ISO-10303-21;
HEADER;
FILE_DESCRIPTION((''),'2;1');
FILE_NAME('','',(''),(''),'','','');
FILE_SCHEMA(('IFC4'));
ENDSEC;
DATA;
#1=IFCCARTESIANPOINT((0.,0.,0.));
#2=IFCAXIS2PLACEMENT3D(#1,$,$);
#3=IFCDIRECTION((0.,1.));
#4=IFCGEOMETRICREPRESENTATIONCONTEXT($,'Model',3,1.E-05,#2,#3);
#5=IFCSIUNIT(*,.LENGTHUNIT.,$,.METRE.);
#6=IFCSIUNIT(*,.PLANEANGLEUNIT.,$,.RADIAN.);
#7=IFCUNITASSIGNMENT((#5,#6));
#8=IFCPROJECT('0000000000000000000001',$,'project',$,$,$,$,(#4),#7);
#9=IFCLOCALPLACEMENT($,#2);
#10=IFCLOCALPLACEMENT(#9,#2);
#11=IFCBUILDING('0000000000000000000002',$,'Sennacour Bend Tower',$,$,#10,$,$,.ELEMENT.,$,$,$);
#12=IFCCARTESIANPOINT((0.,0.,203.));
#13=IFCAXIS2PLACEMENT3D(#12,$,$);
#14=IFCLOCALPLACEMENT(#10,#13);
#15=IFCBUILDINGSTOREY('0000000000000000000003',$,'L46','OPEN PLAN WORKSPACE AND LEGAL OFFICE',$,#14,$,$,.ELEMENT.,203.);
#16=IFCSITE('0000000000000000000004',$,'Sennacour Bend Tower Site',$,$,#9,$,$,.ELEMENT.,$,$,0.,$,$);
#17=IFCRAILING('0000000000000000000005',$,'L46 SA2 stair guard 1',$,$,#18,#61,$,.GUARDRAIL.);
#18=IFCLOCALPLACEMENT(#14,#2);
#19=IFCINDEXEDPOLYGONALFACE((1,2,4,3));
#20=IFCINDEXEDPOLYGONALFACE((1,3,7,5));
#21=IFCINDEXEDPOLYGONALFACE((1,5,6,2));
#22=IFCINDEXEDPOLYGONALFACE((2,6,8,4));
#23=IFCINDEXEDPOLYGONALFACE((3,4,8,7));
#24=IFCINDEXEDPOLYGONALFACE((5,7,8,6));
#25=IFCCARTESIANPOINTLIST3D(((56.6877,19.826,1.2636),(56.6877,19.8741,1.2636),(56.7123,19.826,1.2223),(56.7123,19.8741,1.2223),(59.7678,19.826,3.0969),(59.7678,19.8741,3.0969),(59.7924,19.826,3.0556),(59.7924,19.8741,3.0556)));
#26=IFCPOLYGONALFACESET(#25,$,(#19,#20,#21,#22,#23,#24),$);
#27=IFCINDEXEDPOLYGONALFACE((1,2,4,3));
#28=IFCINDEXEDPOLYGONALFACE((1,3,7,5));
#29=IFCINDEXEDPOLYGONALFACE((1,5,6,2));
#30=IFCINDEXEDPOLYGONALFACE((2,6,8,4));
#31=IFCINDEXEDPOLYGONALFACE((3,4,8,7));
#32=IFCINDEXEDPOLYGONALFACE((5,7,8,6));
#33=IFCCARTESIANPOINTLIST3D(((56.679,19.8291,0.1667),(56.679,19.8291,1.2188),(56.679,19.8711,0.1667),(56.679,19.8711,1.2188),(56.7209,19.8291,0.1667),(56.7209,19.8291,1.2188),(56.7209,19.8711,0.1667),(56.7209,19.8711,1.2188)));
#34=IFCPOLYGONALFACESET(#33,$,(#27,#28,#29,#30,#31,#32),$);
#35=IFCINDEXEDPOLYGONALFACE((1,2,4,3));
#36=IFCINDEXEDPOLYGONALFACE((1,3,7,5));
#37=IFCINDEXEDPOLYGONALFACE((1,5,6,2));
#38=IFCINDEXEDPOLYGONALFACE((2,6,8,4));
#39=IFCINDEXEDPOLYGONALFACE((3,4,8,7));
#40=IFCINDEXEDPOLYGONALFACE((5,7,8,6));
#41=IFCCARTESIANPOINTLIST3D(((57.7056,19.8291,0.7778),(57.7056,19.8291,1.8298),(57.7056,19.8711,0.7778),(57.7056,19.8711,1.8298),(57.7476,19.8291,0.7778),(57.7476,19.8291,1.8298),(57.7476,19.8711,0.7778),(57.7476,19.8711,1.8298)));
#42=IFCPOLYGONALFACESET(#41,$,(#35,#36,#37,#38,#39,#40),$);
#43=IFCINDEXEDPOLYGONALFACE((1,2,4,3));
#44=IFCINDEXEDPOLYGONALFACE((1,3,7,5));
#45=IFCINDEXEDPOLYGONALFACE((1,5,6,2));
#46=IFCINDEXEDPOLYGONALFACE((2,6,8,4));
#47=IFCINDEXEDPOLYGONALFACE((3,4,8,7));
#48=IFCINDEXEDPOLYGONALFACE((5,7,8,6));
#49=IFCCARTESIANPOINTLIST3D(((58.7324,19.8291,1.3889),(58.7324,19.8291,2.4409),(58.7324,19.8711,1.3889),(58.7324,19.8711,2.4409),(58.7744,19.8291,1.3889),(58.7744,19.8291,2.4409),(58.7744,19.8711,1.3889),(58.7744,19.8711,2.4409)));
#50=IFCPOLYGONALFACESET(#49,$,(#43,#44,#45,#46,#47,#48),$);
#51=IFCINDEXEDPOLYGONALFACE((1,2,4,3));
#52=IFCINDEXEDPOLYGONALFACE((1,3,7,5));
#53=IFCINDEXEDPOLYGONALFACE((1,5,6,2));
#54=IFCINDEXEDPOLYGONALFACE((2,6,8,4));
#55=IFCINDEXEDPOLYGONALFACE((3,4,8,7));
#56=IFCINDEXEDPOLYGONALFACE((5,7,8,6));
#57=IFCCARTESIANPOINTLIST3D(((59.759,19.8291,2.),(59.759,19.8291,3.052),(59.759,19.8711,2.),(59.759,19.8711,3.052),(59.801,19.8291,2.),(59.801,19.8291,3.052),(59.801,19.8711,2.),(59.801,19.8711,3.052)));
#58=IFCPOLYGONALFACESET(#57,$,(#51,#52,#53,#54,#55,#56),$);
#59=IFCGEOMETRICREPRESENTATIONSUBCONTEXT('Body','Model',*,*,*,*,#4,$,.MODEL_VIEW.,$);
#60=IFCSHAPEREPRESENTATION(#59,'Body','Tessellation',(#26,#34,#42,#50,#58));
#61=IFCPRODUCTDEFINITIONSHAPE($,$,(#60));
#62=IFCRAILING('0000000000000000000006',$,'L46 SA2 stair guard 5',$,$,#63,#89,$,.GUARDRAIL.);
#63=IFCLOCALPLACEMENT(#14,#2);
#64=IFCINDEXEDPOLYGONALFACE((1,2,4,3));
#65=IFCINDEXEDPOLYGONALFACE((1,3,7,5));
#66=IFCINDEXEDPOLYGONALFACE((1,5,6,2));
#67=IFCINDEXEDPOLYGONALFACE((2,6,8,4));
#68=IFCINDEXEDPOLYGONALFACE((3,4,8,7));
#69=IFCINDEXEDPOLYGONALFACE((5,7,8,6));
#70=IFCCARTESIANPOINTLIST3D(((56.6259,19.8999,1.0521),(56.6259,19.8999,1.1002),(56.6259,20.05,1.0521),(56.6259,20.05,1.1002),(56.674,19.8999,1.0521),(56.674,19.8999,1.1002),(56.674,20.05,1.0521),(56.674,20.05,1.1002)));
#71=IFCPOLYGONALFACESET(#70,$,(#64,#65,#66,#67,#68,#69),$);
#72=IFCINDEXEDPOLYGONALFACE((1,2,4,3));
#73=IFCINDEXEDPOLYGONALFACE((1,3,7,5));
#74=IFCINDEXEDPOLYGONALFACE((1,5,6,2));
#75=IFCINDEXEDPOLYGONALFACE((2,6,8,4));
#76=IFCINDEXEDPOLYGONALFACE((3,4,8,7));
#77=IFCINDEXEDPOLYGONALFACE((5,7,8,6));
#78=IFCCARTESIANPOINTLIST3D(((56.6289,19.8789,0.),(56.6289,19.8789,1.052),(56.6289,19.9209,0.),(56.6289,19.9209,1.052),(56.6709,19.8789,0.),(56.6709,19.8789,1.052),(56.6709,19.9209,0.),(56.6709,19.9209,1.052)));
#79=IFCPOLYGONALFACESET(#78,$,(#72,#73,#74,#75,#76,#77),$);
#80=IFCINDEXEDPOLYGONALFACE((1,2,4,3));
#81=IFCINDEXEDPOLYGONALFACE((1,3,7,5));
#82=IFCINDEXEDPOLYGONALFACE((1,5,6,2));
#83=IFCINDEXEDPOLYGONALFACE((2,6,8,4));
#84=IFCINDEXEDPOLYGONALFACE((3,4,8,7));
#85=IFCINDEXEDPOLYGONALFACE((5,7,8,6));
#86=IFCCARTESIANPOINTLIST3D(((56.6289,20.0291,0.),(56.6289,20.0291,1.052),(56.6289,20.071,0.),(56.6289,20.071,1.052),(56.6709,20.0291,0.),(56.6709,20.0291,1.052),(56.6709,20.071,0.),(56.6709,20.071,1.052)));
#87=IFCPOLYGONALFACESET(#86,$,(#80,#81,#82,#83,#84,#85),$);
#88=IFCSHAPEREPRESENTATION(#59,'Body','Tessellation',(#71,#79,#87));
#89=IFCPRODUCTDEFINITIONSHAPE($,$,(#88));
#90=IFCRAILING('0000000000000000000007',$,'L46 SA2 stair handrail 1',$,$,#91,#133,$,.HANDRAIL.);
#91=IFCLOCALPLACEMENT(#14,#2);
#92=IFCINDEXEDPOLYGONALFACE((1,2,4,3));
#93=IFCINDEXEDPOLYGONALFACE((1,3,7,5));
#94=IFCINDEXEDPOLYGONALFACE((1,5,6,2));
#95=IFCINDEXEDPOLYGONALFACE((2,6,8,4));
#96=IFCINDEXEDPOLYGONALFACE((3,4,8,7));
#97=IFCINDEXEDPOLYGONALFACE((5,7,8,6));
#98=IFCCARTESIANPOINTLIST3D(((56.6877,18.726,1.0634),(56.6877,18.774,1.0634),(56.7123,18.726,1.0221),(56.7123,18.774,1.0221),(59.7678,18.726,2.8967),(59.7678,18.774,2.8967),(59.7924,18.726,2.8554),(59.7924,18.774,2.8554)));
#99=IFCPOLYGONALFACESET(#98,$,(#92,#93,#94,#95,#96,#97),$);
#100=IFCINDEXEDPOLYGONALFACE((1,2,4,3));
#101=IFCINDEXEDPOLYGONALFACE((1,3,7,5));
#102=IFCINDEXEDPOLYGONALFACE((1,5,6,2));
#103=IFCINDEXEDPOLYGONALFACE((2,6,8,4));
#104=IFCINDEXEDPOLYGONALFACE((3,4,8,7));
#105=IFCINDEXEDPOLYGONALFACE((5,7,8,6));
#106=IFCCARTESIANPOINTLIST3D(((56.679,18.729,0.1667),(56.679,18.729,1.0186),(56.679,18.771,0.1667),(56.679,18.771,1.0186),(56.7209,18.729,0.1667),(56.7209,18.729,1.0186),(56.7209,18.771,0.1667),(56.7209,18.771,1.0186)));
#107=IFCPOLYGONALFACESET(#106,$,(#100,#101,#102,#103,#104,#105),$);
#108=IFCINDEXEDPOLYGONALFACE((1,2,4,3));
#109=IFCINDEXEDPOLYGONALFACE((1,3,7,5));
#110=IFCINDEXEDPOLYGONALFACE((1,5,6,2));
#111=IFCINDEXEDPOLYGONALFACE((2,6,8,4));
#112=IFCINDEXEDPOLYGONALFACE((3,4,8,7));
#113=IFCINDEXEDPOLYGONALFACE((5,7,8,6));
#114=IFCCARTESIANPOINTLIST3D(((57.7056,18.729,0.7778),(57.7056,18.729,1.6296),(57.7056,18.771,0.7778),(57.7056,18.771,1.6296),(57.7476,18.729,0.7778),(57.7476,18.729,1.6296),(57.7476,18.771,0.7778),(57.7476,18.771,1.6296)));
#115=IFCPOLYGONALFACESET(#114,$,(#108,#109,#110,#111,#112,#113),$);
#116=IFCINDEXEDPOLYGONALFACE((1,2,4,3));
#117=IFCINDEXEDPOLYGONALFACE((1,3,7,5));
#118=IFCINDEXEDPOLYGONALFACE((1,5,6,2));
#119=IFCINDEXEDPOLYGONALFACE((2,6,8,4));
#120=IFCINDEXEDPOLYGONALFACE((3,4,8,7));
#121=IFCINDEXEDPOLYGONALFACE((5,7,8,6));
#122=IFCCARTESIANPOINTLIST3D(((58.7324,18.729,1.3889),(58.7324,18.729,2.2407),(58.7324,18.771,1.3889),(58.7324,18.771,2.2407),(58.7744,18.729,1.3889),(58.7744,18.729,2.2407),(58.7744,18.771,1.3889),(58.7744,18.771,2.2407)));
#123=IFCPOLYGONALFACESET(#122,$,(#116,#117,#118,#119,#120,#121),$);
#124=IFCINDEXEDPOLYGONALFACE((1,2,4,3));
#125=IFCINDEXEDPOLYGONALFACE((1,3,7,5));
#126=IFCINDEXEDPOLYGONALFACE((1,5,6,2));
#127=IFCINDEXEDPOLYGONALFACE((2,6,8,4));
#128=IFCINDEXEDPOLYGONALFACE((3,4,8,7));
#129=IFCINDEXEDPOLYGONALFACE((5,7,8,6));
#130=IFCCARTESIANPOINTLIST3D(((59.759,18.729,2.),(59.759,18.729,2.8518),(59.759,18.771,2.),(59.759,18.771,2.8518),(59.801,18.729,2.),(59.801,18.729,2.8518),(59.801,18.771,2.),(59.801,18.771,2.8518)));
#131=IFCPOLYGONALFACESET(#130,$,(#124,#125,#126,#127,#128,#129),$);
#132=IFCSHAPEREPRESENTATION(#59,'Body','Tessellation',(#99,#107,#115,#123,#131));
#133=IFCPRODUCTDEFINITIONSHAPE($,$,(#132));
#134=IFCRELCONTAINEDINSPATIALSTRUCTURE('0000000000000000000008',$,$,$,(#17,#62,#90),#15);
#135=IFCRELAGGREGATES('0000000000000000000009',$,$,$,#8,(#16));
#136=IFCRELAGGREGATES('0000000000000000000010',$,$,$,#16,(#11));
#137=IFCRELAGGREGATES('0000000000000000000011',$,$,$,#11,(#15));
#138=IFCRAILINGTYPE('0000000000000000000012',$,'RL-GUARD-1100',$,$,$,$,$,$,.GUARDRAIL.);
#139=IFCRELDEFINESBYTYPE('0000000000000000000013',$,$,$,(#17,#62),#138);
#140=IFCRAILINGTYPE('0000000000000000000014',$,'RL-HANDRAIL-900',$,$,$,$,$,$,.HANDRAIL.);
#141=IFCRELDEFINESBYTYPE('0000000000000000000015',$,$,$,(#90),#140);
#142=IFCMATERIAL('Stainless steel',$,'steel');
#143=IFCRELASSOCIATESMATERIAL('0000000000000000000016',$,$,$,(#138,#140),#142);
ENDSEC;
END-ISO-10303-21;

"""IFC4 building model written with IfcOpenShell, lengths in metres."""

from ifc_helpers import new_model, si_unit, direction, frame, origin, origin_2d, place, context, subcontext, project, spatial, rectangle, extrude, material, type_object, element, save


model = new_model("IFC4")

# Units and contexts
model_context = context("Model", 3, precision=1e-05, world=origin(), true_north=direction((0.0, 1.0)))
body_context = subcontext(model_context, "Body", "Model", "MODEL_VIEW")
ifc_project = project(units=[si_unit("LENGTHUNIT", "METRE"), si_unit("PLANEANGLEUNIT", "RADIAN")], contexts=[model_context])

# Site, building, storey
site_placement = place(None, origin())
site = spatial("IfcSite", under=ifc_project, at=site_placement, Name="Sennacour Bend Tower Site", CompositionType="ELEMENT", RefElevation=0.0)
building_placement = place(site_placement, origin())
building = spatial("IfcBuilding", under=site, at=building_placement, Name="Sennacour Bend Tower", CompositionType="ELEMENT")
storey_placement = place(building_placement, frame((0.0, 0.0, 203.0)))
storey = spatial("IfcBuildingStorey", under=building, at=storey_placement, Name="L46", Description="OPEN PLAN WORKSPACE AND LEGAL OFFICE", CompositionType="ELEMENT", Elevation=203.0)

# Shared definitions
ifc_material_1 = material(Name="Stainless steel", Category="steel")

# Railings
railing_type_1 = type_object("IfcRailingType", Name="RL-GUARD-1100", PredefinedType="GUARDRAIL", material=ifc_material_1)
railing_1_placement = place(storey_placement, frame((56.7, 19.8501, 0.1667)))
element("IfcRailing", 1, at=railing_1_placement, inside=storey, type_object=railing_type_1, Name="L46 SA2 stair guard 1", PredefinedType="GUARDRAIL", context=body_context, shape_type="SweptSolid", body=[
    extrude(rectangle(XDim=0.0481, YDim=0.0481, at=origin_2d()), frame((0.0, 0.0, 1.0762), z_axis=(0.859309, 0.0, 0.511458), x_axis=(0.0, 1.0, 0.0)), (0.0, 0.0, 1.0), 3.5845),
    extrude(rectangle(XDim=0.042, YDim=0.042, at=origin_2d()), origin(), (0.0, 0.0, 1.0), 1.052),
    extrude(rectangle(XDim=0.042, YDim=0.042, at=origin_2d()), frame((1.0266, 0.0, 0.6111)), (0.0, 0.0, 1.0), 1.052),
    extrude(rectangle(XDim=0.042, YDim=0.042, at=origin_2d()), frame((2.0535, 0.0, 1.2222)), (0.0, 0.0, 1.0), 1.052),
    extrude(rectangle(XDim=0.042, YDim=0.042, at=origin_2d()), frame((3.0801, 0.0, 1.8333)), (0.0, 0.0, 1.0), 1.052),
])
railing_2_placement = place(storey_placement, frame((56.6499, 19.8999, 0.0)))
element("IfcRailing", 2, at=railing_2_placement, inside=storey, type_object=railing_type_1, Name="L46 SA2 stair guard 5", PredefinedType="GUARDRAIL", context=body_context, shape_type="SweptSolid", body=[
    extrude(rectangle(XDim=0.0481, YDim=0.0481, at=origin_2d()), frame((0.0, 0.0, 1.0762), z_axis=(0.0, 1.0, 0.0), x_axis=(-1.0, 0.0, 0.0)), (0.0, 0.0, 1.0), 0.1501),
    extrude(rectangle(XDim=0.042, YDim=0.042, at=origin_2d()), origin(), (0.0, 0.0, 1.0), 1.052),
    extrude(rectangle(XDim=0.042, YDim=0.042, at=origin_2d()), frame((0.0, 0.1501, 0.0)), (0.0, 0.0, 1.0), 1.052),
])
railing_type_2 = type_object("IfcRailingType", Name="RL-HANDRAIL-900", PredefinedType="HANDRAIL", material=ifc_material_1)
railing_3_placement = place(storey_placement, frame((56.7, 18.75, 0.1667)))
element("IfcRailing", 3, at=railing_3_placement, inside=storey, type_object=railing_type_2, Name="L46 SA2 stair handrail 1", PredefinedType="HANDRAIL", context=body_context, shape_type="SweptSolid", body=[
    extrude(rectangle(XDim=0.0481, YDim=0.0481, at=origin_2d()), frame((0.0, 0.0, 0.876), z_axis=(0.859309, 0.0, 0.511458), x_axis=(0.0, 1.0, 0.0)), (0.0, 0.0, 1.0), 3.5845),
    extrude(rectangle(XDim=0.042, YDim=0.042, at=origin_2d()), origin(), (0.0, 0.0, 1.0), 0.8518),
    extrude(rectangle(XDim=0.042, YDim=0.042, at=origin_2d()), frame((1.0266, 0.0, 0.6111)), (0.0, 0.0, 1.0), 0.8518),
    extrude(rectangle(XDim=0.042, YDim=0.042, at=origin_2d()), frame((2.0535, 0.0, 1.2222)), (0.0, 0.0, 1.0), 0.8518),
    extrude(rectangle(XDim=0.042, YDim=0.042, at=origin_2d()), frame((3.0801, 0.0, 1.8333)), (0.0, 0.0, 1.0), 0.8518),
])

save(model, "model.ifc")
